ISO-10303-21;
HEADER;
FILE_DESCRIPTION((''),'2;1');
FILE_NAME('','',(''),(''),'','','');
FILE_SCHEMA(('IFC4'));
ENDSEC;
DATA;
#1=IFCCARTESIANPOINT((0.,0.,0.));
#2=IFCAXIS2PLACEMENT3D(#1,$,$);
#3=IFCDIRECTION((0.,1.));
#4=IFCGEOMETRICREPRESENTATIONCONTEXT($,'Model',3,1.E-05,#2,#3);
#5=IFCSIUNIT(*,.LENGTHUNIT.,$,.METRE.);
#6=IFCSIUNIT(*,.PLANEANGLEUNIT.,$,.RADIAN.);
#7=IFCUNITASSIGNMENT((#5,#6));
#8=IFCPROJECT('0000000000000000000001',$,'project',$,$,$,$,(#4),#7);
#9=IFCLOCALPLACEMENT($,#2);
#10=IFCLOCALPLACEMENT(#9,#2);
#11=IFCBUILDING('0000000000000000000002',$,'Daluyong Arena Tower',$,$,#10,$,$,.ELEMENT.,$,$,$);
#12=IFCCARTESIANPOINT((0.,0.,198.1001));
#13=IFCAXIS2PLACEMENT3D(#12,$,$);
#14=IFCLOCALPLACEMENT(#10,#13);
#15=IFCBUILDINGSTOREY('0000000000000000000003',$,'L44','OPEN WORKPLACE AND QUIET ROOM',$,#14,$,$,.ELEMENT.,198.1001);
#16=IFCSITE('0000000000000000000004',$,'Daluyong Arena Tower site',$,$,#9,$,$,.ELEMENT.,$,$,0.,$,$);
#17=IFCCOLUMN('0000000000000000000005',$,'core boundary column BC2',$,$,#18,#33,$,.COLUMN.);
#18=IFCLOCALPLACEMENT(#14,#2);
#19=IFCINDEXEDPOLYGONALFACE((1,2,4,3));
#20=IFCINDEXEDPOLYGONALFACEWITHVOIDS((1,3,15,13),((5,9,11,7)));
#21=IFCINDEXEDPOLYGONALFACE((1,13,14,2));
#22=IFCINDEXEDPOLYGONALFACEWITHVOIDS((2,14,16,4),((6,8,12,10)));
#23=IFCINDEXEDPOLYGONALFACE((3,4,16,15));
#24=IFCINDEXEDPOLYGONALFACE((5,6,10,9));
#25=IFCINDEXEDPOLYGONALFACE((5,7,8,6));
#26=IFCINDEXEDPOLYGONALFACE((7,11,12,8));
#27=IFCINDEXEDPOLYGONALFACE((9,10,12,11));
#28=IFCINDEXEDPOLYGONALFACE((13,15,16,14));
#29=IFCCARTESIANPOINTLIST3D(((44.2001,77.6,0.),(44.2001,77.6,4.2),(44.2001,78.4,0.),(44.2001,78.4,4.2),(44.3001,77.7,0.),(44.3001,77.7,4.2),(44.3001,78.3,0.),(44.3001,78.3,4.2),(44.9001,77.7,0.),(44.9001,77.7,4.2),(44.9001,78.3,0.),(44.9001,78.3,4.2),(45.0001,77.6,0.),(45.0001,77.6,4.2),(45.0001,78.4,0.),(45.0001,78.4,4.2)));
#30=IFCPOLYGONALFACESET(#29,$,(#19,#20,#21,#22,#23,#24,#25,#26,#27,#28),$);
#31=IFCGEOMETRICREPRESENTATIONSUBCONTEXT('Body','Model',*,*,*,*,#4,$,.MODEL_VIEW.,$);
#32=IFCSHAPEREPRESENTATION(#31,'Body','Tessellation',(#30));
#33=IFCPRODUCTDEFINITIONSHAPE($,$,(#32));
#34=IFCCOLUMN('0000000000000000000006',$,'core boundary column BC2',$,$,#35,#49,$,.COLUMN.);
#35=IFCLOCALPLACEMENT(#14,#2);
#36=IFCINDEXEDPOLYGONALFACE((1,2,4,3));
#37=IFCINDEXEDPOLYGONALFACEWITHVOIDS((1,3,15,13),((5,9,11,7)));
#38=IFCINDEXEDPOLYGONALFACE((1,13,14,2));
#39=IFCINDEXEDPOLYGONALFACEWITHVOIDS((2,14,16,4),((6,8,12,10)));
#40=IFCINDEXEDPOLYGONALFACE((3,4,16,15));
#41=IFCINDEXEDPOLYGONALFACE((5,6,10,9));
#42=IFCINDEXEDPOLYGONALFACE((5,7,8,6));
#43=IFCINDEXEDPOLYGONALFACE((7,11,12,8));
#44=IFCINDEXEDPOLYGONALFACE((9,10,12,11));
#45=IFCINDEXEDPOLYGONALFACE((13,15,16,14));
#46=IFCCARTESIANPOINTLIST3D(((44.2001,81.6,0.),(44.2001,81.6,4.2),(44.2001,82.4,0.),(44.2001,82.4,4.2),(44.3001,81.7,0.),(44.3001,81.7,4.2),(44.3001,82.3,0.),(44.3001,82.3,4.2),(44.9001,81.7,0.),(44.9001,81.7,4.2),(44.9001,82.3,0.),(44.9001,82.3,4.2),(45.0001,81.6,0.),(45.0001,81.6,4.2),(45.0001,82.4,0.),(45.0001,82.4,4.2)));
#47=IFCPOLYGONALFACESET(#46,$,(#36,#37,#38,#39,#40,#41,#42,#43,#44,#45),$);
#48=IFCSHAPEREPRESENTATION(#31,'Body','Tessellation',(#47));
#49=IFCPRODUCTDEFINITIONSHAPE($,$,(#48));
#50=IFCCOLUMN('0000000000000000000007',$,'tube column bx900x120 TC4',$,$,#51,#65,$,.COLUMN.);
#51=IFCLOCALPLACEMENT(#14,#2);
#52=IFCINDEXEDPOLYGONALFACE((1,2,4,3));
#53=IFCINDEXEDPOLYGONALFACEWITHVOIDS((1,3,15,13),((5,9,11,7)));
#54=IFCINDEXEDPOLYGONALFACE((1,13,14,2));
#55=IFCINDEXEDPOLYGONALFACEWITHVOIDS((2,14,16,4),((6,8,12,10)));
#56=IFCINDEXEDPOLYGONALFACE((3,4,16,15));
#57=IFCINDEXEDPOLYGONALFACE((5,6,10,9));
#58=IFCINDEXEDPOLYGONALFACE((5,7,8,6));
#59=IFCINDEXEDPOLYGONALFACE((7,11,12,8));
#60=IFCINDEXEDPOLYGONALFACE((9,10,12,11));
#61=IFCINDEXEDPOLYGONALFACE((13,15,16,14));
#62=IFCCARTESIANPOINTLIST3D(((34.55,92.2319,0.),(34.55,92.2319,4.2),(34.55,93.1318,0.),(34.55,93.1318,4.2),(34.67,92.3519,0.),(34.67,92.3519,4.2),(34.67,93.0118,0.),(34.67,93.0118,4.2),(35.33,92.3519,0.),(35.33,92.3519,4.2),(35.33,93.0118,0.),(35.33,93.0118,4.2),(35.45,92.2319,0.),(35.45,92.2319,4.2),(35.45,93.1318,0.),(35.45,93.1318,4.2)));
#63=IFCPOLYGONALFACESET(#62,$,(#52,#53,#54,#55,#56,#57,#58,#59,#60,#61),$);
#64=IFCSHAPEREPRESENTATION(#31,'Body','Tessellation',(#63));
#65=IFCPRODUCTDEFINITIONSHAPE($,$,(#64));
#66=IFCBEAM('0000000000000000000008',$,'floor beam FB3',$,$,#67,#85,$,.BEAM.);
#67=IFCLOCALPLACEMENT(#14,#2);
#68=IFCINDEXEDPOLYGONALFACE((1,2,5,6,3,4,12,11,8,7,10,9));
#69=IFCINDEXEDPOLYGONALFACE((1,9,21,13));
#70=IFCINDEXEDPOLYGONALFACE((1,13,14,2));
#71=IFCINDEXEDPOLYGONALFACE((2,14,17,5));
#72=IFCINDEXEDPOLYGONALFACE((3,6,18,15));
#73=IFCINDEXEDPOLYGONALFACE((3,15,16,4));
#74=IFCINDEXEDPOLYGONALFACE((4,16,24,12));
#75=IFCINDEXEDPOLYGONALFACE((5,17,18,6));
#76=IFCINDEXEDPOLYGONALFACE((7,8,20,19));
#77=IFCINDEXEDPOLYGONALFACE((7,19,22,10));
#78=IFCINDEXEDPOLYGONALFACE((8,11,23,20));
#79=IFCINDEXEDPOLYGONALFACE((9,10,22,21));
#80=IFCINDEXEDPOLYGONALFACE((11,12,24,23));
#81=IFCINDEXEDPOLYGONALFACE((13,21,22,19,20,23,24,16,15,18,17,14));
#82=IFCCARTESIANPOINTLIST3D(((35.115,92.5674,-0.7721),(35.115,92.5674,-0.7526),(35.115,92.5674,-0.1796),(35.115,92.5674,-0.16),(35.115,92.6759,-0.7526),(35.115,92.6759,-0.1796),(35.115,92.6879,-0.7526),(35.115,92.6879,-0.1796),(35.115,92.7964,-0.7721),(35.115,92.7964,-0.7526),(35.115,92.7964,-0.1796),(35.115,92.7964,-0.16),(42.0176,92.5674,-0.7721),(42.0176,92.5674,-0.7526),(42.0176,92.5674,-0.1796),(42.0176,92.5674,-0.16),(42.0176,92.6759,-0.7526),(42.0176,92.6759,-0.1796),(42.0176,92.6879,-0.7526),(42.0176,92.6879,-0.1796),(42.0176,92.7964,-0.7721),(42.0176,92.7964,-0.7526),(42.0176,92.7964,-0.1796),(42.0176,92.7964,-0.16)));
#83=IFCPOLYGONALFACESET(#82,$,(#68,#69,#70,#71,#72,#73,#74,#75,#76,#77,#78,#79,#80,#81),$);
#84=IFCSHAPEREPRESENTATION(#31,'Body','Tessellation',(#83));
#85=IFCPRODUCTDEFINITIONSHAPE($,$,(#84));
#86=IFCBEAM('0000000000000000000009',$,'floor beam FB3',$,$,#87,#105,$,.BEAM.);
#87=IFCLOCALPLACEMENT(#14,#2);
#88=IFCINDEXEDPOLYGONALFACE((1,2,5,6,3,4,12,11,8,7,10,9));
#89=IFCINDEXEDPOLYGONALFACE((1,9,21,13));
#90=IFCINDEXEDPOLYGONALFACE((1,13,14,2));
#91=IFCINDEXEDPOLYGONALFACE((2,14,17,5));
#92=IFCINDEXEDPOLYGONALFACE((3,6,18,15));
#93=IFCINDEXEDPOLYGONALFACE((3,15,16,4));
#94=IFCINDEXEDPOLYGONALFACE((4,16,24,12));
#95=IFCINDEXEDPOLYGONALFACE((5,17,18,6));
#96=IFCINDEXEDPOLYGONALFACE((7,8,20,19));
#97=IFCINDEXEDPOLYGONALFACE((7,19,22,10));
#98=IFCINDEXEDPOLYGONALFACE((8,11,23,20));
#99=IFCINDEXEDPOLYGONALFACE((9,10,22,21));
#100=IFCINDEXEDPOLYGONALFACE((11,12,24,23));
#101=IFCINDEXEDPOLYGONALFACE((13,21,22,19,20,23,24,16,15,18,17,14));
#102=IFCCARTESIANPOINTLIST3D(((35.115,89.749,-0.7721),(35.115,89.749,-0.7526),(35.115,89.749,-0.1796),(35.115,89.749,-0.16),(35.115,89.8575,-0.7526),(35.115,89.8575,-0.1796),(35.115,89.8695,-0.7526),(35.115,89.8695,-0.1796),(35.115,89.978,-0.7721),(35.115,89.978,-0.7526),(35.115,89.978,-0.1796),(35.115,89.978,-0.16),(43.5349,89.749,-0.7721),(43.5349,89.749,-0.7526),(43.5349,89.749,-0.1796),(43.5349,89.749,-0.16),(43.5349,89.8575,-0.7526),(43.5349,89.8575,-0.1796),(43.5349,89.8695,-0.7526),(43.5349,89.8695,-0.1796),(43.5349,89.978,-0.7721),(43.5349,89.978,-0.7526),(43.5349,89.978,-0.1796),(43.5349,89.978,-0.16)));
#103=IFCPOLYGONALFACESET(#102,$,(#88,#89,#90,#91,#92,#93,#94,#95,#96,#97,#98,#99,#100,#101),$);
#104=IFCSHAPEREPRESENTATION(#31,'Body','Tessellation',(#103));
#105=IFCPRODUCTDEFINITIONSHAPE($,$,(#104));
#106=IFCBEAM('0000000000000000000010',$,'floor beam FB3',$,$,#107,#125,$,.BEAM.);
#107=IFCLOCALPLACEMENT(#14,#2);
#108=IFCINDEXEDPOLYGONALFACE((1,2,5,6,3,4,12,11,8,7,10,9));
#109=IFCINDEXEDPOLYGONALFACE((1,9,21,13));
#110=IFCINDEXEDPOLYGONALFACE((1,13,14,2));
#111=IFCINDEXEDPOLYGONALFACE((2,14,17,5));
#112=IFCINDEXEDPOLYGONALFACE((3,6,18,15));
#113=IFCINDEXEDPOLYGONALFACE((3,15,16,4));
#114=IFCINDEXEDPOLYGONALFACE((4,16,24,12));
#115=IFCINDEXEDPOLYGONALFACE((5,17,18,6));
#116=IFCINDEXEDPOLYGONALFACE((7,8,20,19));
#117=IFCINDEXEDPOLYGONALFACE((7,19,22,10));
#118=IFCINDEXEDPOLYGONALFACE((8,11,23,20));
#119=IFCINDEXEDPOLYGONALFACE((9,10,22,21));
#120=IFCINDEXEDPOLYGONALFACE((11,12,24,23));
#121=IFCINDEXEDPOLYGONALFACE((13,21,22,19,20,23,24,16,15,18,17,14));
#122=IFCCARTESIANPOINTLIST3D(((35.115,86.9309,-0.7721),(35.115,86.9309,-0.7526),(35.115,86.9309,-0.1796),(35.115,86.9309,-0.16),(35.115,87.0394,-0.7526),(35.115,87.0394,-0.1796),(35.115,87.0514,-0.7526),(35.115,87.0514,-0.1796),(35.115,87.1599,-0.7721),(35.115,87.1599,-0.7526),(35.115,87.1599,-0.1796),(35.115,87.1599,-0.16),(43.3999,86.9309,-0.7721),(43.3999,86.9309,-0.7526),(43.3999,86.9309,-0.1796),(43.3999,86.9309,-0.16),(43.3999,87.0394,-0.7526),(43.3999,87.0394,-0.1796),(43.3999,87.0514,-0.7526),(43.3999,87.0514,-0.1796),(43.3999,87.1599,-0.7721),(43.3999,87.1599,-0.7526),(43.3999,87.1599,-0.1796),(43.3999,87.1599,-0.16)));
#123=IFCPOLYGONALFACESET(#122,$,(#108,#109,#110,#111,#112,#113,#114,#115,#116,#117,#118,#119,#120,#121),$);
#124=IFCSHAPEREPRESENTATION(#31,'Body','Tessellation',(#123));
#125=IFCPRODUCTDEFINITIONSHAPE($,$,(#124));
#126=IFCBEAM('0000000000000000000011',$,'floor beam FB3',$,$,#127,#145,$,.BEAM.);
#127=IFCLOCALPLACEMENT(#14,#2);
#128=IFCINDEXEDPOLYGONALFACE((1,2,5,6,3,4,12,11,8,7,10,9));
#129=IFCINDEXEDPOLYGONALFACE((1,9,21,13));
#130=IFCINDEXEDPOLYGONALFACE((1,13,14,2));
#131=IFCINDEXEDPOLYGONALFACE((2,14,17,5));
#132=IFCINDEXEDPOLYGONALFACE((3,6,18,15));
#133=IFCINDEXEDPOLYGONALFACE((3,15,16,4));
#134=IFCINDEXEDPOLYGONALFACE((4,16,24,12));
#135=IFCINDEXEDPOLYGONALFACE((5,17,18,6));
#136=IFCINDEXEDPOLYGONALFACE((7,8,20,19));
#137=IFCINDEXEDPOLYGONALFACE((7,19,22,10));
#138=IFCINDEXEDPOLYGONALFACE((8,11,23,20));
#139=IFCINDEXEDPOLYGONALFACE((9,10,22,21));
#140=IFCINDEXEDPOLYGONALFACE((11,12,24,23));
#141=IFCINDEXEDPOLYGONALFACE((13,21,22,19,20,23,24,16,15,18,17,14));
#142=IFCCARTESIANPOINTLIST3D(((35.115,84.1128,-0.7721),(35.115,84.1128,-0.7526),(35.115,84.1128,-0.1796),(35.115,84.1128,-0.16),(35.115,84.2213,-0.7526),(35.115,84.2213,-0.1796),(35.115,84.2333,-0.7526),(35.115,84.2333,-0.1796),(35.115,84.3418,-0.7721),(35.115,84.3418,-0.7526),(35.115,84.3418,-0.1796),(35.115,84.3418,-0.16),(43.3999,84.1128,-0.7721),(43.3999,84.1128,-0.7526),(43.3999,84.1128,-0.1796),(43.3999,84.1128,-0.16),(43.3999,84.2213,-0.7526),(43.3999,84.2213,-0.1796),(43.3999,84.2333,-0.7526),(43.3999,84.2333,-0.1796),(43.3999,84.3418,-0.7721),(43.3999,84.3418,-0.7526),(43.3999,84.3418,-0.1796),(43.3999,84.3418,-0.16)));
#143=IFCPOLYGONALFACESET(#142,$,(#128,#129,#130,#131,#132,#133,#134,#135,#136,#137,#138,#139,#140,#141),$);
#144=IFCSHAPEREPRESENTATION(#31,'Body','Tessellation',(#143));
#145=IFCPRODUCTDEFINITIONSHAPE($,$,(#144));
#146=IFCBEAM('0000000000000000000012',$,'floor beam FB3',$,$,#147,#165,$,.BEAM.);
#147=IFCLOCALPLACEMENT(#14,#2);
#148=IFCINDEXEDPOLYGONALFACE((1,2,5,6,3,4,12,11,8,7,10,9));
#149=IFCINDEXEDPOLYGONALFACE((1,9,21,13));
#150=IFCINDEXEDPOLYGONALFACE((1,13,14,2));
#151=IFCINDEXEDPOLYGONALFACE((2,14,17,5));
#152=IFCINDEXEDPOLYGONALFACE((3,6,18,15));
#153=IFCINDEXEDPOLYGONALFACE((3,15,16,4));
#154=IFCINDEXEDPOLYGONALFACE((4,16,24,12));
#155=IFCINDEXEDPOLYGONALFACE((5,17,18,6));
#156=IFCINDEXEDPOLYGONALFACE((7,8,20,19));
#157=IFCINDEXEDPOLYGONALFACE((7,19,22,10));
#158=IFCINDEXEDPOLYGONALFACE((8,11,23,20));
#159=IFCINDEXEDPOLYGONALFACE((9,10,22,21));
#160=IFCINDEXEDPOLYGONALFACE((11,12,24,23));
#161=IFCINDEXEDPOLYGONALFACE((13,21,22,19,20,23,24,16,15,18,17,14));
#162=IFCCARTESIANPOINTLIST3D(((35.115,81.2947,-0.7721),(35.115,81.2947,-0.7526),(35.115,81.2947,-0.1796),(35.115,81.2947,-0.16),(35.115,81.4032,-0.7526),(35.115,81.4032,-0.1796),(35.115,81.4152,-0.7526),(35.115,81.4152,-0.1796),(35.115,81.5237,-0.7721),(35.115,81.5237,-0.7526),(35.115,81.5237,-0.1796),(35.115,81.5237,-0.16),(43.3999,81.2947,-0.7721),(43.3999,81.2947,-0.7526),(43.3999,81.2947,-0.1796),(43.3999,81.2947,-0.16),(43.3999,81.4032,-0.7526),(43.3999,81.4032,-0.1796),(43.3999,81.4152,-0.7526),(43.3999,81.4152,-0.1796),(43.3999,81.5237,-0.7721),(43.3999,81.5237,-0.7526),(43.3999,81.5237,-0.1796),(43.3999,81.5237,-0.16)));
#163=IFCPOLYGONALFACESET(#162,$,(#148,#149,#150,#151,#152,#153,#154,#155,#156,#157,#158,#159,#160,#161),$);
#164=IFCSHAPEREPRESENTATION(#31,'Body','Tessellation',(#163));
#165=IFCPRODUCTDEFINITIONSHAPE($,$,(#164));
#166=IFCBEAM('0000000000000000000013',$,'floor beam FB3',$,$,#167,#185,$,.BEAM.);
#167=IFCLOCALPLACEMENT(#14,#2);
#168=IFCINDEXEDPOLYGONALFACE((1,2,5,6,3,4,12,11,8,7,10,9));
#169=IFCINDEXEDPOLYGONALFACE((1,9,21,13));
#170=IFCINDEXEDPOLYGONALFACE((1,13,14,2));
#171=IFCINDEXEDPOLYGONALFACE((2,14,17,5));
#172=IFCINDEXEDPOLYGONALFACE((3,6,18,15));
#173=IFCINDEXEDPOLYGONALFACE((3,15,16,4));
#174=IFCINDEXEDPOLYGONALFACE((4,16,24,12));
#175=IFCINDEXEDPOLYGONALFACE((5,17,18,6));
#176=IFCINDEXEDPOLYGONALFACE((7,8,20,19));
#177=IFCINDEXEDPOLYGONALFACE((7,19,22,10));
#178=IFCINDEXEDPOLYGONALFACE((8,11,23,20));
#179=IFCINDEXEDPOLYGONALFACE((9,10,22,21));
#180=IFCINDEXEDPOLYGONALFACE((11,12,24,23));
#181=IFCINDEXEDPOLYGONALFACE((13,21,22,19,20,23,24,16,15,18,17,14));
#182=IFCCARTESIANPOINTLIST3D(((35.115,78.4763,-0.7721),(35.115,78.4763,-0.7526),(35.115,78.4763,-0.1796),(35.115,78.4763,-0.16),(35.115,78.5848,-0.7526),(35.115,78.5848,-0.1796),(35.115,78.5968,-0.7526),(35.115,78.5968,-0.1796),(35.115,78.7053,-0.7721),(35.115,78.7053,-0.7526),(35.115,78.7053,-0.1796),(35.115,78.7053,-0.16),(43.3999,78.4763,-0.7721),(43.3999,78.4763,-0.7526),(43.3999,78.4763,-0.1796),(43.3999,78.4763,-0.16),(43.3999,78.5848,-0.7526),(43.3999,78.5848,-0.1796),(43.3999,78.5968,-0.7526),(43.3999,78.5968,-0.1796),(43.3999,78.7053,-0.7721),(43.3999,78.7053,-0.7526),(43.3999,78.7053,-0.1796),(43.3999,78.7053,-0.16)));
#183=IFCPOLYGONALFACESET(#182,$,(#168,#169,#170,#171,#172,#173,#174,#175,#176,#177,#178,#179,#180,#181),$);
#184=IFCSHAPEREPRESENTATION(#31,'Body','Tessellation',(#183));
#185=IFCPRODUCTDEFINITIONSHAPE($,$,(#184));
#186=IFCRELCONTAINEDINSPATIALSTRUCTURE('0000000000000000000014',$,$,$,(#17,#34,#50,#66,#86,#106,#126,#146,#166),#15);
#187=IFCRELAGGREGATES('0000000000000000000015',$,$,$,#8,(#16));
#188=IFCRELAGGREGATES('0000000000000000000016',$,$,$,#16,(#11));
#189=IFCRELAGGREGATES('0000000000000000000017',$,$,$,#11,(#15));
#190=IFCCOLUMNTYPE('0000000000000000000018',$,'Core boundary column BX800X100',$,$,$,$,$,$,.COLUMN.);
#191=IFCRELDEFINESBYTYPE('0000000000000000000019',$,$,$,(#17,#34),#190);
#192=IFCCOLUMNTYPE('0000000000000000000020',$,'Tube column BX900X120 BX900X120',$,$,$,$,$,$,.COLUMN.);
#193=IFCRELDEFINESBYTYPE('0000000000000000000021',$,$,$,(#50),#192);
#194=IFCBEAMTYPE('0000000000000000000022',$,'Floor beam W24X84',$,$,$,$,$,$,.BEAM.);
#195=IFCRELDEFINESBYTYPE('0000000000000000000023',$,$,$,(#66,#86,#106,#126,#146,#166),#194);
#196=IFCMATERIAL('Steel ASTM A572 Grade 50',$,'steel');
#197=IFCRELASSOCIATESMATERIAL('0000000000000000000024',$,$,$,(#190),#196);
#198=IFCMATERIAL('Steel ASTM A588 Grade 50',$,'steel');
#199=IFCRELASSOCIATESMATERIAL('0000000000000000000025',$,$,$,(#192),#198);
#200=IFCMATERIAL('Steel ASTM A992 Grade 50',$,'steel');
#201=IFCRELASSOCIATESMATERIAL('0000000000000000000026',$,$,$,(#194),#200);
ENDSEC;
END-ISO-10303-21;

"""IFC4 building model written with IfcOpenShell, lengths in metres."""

from ifc_helpers import new_model, si_unit, direction, frame, origin, origin_2d, place, context, subcontext, project, spatial, hollow_rectangle, i_section, extrude, material, material_profile, profile_set, type_object, element, save


model = new_model("IFC4")

# Units and contexts
model_context = context("Model", 3, precision=1e-05, world=origin(), true_north=direction((0.0, 1.0)))
body_context = subcontext(model_context, "Body", "Model", "MODEL_VIEW")
ifc_project = project(units=[si_unit("LENGTHUNIT", "METRE"), si_unit("PLANEANGLEUNIT", "RADIAN")], contexts=[model_context])

# Site, building, storey
site_placement = place(None, origin())
site = spatial("IfcSite", under=ifc_project, at=site_placement, Name="Daluyong Arena Tower site", CompositionType="ELEMENT", RefElevation=0.0)
building_placement = place(site_placement, origin())
building = spatial("IfcBuilding", under=site, at=building_placement, Name="Daluyong Arena Tower", CompositionType="ELEMENT")
storey_placement = place(building_placement, frame((0.0, 0.0, 198.1001)))
storey = spatial("IfcBuildingStorey", under=building, at=storey_placement, Name="L44", Description="OPEN WORKPLACE AND QUIET ROOM", CompositionType="ELEMENT", Elevation=198.1001)

# Columns
ifc_material_1 = material(Name="Steel ASTM A572 Grade 50", Category="steel")
ifc_material_profile_1 = material_profile(ifc_material_1, hollow_rectangle(XDim=0.8, YDim=0.8, WallThickness=0.1, at=origin_2d()))
ifc_profile_set_1 = profile_set([ifc_material_profile_1], Name="Steel ASTM A572 Grade 50")
column_type_1 = type_object("IfcColumnType", Name="Core boundary column BX800X100", PredefinedType="COLUMN", material=ifc_profile_set_1)
for number, where, z_axis, x_axis, name in (
    (1, (44.6001, 78.0, 0.0), (0.0, 0.0, 1.0), (1.0, 0.0, 0.0), "core boundary column BC2"),
    (2, (44.6001, 82.0, 0.0), (0.0, 0.0, 1.0), (1.0, 0.0, 0.0), "core boundary column BC2"),
):
    element("IfcColumn", number, at=place(storey_placement, frame(where, z_axis=z_axis, x_axis=x_axis)), inside=storey, type_object=column_type_1, Name=name, PredefinedType="COLUMN", context=body_context, shape_type="SweptSolid", body=[
        extrude(hollow_rectangle(XDim=0.8, YDim=0.8, WallThickness=0.1, at=origin_2d()), origin(), (0.0, 0.0, 1.0), 4.2),
    ])
ifc_material_2 = material(Name="Steel ASTM A588 Grade 50", Category="steel")
ifc_material_profile_2 = material_profile(ifc_material_2, hollow_rectangle(XDim=0.8999, YDim=0.8999, WallThickness=0.12, at=origin_2d()))
ifc_profile_set_2 = profile_set([ifc_material_profile_2], Name="Steel ASTM A588 Grade 50")
column_type_2 = type_object("IfcColumnType", Name="Tube column BX900X120 BX900X120", PredefinedType="COLUMN", material=ifc_profile_set_2)
column_placement = place(storey_placement, frame((35.0, 92.6819, 0.0), z_axis=(0.0, 0.0, 1.0), x_axis=(0.0, 1.0, 0.0)))
element("IfcColumn", 3, at=column_placement, inside=storey, type_object=column_type_2, Name="tube column bx900x120 TC4", PredefinedType="COLUMN", context=body_context, shape_type="SweptSolid", body=[
    extrude(hollow_rectangle(XDim=0.8999, YDim=0.8999, WallThickness=0.12, at=origin_2d()), origin(), (0.0, 0.0, 1.0), 4.2),
])

# Beams
ifc_material_3 = material(Name="Steel ASTM A992 Grade 50", Category="steel")
ifc_material_profile_3 = material_profile(ifc_material_3, i_section(OverallWidth=0.229, OverallDepth=0.6121, WebThickness=0.012, FlangeThickness=0.0195, at=origin_2d()))
ifc_profile_set_3 = profile_set([ifc_material_profile_3], Name="Steel ASTM A992 Grade 50")
beam_type_1 = type_object("IfcBeamType", Name="Floor beam W24X84", PredefinedType="BEAM", material=ifc_profile_set_3)
beam_1_placement = place(storey_placement, frame((35.115, 92.6819, -0.4661), z_axis=(1.0, 0.0, 0.0), x_axis=(0.0, 1.0, 0.0)))
element("IfcBeam", 4, at=beam_1_placement, inside=storey, type_object=beam_type_1, Name="floor beam FB3", PredefinedType="BEAM", context=body_context, shape_type="SweptSolid", body=[
    extrude(i_section(OverallWidth=0.229, OverallDepth=0.6121, WebThickness=0.012, FlangeThickness=0.0195, at=origin_2d()), origin(), (0.0, 0.0, 1.0), 6.9026),
])
beam_2_placement = place(storey_placement, frame((35.115, 89.8635, -0.4661), z_axis=(1.0, 0.0, 0.0), x_axis=(0.0, 1.0, 0.0)))
element("IfcBeam", 5, at=beam_2_placement, inside=storey, type_object=beam_type_1, Name="floor beam FB3", PredefinedType="BEAM", context=body_context, shape_type="SweptSolid", body=[
    extrude(i_section(OverallWidth=0.229, OverallDepth=0.6121, WebThickness=0.012, FlangeThickness=0.0195, at=origin_2d()), origin(), (0.0, 0.0, 1.0), 8.4199),
])
for number, where, z_axis, x_axis, name in (
    (6, (35.115, 87.0454, -0.4661), (1.0, 0.0, 0.0), (0.0, 1.0, 0.0), "floor beam FB3"),
    (7, (35.115, 84.2273, -0.4661), (1.0, 0.0, 0.0), (0.0, 1.0, 0.0), "floor beam FB3"),
    (8, (35.115, 81.4092, -0.4661), (1.0, 0.0, 0.0), (0.0, 1.0, 0.0), "floor beam FB3"),
    (9, (35.115, 78.5908, -0.4661), (1.0, 0.0, 0.0), (0.0, 1.0, 0.0), "floor beam FB3"),
):
    element("IfcBeam", number, at=place(storey_placement, frame(where, z_axis=z_axis, x_axis=x_axis)), inside=storey, type_object=beam_type_1, Name=name, PredefinedType="BEAM", context=body_context, shape_type="SweptSolid", body=[
        extrude(i_section(OverallWidth=0.229, OverallDepth=0.6121, WebThickness=0.012, FlangeThickness=0.0195, at=origin_2d()), origin(), (0.0, 0.0, 1.0), 8.2849),
    ])

save(model, "model.ifc")
